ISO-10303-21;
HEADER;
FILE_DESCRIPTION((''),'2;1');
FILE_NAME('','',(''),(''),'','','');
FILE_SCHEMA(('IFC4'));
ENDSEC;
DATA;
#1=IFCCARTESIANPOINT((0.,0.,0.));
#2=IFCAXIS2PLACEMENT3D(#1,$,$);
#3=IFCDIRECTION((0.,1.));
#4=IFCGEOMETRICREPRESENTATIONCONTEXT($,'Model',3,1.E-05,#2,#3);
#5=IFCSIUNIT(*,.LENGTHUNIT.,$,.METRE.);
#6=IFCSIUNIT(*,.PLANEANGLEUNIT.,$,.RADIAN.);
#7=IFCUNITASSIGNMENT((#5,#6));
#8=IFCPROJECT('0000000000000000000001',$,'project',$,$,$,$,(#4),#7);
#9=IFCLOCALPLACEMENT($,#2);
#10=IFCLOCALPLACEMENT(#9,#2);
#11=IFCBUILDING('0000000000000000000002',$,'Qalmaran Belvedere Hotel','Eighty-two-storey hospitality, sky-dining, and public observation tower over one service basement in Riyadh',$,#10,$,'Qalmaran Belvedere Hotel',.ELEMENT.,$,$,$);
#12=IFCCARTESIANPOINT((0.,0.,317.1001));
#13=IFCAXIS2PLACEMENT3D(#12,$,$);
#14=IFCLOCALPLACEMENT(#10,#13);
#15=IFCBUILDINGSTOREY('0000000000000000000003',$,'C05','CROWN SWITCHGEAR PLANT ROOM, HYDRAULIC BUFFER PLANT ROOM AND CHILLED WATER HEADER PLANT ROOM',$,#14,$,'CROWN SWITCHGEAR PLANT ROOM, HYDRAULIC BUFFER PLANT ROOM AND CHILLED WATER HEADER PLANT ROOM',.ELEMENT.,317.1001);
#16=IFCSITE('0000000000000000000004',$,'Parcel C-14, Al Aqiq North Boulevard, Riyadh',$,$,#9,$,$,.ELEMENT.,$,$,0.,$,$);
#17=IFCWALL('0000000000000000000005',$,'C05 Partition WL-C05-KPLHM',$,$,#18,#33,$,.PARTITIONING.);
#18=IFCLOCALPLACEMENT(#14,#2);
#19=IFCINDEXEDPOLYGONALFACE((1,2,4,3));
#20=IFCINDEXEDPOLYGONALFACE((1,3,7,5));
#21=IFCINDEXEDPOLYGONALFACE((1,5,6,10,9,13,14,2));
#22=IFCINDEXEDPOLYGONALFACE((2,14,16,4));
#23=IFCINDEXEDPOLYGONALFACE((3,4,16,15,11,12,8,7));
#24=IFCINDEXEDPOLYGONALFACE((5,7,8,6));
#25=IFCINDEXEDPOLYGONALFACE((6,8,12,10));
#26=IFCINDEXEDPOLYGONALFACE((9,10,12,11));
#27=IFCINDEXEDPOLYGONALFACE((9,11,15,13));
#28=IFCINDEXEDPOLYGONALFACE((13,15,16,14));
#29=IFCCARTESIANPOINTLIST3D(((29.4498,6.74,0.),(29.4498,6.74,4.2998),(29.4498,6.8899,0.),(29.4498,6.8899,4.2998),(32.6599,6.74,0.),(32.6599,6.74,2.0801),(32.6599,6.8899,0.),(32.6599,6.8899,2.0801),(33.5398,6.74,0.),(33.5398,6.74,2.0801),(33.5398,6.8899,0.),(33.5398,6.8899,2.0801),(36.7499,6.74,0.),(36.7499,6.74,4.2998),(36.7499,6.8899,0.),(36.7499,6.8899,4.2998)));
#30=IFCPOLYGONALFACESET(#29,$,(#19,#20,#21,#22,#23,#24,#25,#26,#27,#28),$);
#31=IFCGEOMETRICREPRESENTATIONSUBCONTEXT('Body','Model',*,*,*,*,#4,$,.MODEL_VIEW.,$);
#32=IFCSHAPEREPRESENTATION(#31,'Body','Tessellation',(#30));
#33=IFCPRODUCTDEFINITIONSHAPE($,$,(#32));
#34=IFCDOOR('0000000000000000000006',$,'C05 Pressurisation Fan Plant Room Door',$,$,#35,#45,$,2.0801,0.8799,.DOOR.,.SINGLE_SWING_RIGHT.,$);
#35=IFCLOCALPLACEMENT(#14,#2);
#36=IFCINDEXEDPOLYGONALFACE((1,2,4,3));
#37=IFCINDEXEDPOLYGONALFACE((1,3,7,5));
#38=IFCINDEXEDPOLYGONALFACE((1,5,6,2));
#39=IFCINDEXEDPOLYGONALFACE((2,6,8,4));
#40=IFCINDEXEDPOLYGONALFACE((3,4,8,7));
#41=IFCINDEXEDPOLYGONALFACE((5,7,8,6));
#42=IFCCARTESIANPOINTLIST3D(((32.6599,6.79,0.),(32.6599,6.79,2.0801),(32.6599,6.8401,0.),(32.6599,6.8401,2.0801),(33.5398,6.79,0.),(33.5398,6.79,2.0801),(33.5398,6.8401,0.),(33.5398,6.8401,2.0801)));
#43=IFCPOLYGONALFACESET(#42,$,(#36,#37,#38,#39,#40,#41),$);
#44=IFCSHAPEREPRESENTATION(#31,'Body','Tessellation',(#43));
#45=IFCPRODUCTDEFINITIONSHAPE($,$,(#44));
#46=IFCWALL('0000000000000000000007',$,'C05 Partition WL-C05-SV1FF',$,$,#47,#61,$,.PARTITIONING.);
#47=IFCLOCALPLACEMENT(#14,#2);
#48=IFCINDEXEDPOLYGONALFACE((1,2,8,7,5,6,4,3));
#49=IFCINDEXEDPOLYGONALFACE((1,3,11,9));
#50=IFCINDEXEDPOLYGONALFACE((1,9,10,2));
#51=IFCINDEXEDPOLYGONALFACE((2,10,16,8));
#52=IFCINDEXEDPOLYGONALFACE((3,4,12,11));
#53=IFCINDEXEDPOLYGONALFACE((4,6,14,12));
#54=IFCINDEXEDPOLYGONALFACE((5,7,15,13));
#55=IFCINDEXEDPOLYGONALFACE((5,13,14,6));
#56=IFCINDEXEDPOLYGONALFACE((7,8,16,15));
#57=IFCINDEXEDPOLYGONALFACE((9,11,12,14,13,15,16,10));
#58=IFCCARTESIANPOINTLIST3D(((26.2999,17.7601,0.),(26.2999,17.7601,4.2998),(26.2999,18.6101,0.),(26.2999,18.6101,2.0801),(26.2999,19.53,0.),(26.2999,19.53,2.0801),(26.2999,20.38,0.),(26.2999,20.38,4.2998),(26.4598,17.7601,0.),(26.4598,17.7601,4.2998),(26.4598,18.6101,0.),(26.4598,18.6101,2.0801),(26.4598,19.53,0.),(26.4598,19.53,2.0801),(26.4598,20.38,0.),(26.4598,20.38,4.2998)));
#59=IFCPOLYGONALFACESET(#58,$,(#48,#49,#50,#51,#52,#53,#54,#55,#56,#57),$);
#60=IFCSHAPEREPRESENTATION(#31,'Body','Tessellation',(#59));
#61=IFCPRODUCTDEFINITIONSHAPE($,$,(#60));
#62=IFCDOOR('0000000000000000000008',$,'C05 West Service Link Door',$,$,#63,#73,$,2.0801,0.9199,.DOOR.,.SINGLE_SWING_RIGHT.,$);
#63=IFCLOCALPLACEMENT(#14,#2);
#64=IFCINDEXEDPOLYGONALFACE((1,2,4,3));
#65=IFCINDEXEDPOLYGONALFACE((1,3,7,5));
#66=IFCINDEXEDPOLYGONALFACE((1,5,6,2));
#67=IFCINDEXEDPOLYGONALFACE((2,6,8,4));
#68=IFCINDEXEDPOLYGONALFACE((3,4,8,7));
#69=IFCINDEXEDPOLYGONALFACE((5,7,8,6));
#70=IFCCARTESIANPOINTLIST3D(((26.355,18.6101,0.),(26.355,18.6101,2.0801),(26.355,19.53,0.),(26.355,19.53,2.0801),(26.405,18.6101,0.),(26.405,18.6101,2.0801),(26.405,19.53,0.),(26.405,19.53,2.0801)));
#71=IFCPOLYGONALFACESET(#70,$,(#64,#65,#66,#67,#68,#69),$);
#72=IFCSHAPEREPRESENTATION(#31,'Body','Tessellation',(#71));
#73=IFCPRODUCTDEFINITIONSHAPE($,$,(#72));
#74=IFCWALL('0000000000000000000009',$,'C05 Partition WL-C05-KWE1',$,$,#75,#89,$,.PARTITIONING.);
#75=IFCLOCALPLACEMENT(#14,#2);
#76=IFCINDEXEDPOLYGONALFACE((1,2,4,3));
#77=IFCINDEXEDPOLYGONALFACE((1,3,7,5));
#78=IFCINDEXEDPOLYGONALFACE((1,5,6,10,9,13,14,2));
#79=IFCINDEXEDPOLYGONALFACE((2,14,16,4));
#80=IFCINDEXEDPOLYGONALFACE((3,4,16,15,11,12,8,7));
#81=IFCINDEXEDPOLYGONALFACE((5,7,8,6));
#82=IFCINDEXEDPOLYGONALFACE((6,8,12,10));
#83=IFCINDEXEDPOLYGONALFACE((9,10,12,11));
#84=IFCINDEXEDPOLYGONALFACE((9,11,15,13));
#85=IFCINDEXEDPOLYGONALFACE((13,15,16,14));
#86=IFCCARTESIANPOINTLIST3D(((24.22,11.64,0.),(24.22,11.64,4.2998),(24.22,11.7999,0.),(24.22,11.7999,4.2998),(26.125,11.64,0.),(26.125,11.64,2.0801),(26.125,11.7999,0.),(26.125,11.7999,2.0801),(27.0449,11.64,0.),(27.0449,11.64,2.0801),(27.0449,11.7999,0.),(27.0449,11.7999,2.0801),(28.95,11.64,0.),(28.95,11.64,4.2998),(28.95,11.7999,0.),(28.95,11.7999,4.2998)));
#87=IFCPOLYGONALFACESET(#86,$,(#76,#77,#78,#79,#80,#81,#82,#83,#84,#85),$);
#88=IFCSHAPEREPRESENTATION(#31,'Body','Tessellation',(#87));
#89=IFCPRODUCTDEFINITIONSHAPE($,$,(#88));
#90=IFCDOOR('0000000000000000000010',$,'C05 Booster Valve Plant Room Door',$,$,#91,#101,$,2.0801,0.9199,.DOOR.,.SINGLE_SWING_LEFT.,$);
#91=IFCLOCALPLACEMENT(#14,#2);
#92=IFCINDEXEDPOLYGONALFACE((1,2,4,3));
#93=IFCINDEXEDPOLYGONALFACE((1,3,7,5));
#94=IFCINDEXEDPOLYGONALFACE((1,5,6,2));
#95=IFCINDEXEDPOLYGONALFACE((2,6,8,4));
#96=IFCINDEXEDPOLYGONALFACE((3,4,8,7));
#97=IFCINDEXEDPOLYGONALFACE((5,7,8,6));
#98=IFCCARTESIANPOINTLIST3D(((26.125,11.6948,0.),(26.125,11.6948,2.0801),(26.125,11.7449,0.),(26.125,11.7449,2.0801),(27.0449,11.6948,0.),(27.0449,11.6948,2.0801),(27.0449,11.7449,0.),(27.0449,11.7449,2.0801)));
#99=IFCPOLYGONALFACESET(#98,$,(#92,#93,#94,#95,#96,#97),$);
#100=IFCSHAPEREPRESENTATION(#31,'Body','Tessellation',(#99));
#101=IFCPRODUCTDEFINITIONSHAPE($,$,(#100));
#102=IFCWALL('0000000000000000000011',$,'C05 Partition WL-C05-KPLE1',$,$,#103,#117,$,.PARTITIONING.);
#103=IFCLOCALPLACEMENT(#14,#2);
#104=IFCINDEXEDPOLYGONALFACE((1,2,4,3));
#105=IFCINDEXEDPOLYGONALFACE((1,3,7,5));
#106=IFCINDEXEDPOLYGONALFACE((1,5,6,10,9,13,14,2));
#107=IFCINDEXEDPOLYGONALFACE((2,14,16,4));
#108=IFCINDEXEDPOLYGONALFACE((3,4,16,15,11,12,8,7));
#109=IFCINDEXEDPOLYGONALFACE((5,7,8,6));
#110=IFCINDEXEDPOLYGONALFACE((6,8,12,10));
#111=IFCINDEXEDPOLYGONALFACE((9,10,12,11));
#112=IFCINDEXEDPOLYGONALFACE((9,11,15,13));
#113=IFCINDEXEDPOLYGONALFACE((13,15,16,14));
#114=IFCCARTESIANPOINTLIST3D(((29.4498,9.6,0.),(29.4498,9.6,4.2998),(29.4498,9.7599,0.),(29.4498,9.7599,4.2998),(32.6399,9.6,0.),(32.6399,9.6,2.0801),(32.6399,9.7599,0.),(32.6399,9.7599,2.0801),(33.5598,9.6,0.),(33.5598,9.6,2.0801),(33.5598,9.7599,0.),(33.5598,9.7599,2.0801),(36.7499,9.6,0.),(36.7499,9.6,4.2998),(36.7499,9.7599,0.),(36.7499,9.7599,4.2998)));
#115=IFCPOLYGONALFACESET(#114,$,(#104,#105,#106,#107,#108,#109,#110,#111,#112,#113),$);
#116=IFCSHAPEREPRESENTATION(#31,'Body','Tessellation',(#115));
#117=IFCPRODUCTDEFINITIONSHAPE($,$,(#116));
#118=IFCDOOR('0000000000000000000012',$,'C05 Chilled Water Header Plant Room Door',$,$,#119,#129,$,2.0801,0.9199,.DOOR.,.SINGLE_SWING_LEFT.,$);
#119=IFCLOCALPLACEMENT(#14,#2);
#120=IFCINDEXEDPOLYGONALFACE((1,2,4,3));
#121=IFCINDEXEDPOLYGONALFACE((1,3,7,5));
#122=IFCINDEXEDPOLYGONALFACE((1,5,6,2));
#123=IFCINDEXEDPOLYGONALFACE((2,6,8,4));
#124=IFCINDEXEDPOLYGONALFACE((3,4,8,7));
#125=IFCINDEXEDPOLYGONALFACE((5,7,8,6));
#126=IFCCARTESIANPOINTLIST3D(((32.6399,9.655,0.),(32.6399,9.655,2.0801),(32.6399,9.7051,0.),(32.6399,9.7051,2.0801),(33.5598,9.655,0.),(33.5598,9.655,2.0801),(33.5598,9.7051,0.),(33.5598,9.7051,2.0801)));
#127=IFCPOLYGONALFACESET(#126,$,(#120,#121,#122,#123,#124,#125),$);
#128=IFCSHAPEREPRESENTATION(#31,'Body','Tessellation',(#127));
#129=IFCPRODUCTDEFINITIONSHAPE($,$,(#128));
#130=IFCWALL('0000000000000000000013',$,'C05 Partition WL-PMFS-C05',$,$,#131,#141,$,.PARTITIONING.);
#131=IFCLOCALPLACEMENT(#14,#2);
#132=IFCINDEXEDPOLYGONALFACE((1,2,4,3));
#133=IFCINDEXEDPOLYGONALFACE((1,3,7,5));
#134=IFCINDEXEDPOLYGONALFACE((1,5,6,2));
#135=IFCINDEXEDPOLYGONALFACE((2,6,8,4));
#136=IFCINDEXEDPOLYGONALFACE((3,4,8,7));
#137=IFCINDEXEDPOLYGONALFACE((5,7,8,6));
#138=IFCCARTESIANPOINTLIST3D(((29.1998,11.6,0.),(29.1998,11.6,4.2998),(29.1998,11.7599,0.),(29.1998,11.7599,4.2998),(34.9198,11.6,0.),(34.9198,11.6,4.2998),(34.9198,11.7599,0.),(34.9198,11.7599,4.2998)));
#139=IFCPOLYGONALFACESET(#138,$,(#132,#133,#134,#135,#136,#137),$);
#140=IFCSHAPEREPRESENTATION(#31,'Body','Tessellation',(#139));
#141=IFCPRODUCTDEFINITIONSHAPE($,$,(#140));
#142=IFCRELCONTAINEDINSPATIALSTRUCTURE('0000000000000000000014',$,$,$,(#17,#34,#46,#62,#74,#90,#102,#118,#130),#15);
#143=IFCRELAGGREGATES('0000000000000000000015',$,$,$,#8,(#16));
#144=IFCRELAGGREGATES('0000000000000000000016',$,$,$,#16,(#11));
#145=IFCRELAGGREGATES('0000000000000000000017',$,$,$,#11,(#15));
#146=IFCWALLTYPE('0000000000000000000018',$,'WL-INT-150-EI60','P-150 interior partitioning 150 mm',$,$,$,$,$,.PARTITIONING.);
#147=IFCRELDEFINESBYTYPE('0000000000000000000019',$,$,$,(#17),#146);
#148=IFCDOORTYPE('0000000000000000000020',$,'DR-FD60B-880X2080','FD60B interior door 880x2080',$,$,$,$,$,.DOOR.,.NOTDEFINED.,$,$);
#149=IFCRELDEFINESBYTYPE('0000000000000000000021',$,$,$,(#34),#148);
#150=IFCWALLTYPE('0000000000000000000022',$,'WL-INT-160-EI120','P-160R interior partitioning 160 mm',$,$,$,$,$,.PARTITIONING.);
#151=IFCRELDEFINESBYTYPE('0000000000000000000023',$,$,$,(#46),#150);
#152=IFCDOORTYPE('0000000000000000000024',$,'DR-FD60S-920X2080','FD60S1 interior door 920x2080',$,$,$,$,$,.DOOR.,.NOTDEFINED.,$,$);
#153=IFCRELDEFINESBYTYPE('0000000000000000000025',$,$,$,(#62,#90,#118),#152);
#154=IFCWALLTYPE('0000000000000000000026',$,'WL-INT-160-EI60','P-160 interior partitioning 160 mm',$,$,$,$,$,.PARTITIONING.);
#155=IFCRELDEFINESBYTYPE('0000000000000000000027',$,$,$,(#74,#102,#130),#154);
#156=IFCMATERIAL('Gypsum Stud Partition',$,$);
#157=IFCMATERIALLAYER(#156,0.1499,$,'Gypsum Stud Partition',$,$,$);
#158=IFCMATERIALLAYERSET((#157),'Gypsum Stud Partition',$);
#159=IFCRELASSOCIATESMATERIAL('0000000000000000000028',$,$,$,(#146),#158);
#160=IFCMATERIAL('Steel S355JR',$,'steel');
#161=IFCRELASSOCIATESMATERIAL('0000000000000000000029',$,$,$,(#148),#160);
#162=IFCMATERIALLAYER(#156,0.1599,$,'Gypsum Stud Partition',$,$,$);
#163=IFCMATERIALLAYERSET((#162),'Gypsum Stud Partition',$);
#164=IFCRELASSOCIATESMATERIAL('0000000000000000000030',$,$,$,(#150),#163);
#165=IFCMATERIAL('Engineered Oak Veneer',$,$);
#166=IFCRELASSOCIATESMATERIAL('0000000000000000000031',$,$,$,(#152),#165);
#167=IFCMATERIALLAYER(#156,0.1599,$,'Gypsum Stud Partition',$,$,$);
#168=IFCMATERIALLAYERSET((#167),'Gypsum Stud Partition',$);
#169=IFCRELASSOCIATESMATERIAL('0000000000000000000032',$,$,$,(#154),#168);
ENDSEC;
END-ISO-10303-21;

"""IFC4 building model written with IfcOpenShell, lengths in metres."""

from ifc_helpers import new_model, si_unit, direction, frame, frame_2d, origin, place, context, subcontext, project, spatial, rectangle, extrude, material, layer, layer_set, type_object, element, fill, save


model = new_model("IFC4")

# Units and contexts
model_context = context("Model", 3, precision=1e-05, world=origin(), true_north=direction((0.0, 1.0)))
body_context = subcontext(model_context, "Body", "Model", "MODEL_VIEW")
ifc_project = project(units=[si_unit("LENGTHUNIT", "METRE"), si_unit("PLANEANGLEUNIT", "RADIAN")], contexts=[model_context])

# Site, building, storey
site_placement = place(None, origin())
site = spatial("IfcSite", under=ifc_project, at=site_placement, Name="Parcel C-14, Al Aqiq North Boulevard, Riyadh", CompositionType="ELEMENT", RefElevation=0.0)
building_placement = place(site_placement, origin())
building = spatial("IfcBuilding", under=site, at=building_placement, Name="Qalmaran Belvedere Hotel", Description="Eighty-two-storey hospitality, sky-dining, and public observation tower over one service basement in Riyadh", LongName="Qalmaran Belvedere Hotel", CompositionType="ELEMENT")
storey_placement = place(building_placement, frame((0.0, 0.0, 317.1001)))
storey = spatial("IfcBuildingStorey", under=building, at=storey_placement, Name="C05", Description="CROWN SWITCHGEAR PLANT ROOM, HYDRAULIC BUFFER PLANT ROOM AND CHILLED WATER HEADER PLANT ROOM", LongName="CROWN SWITCHGEAR PLANT ROOM, HYDRAULIC BUFFER PLANT ROOM AND CHILLED WATER HEADER PLANT ROOM", CompositionType="ELEMENT", Elevation=317.1001)

# Shared definitions
ifc_material_1 = material(Name="Steel S355JR", Category="steel")

# Shared definitions
ifc_material_2 = material(Name="Gypsum Stud Partition")

# Walls, openings, doors
ifc_layer_1 = layer(ifc_material_2, 0.1499, Name="Gypsum Stud Partition")
ifc_layer_set_1 = layer_set([ifc_layer_1], Name="Gypsum Stud Partition")
wall_type_1 = type_object("IfcWallType", Name="WL-INT-150-EI60", Description="P-150 interior partitioning 150 mm", PredefinedType="PARTITIONING", material=ifc_layer_set_1)
door_type_1 = type_object("IfcDoorType", Name="DR-FD60B-880X2080", Description="FD60B interior door 880x2080", OperationType="NOTDEFINED", PredefinedType="DOOR", material=ifc_material_1)
wall_1_placement = place(storey_placement, frame((29.45, 6.8149, 0.0), z_axis=(0.0, 0.0, 1.0), x_axis=(1.0, 0.0, 0.0)))
wall_1 = element("IfcWall", 1, at=wall_1_placement, inside=storey, type_object=wall_type_1, Name="C05 Partition WL-C05-KPLHM", PredefinedType="PARTITIONING", context=body_context, shape_type="SweptSolid", body=[
    extrude(rectangle(XDim=7.3, YDim=0.1499, at=frame_2d((3.6499, 0.0))), origin(), (0.0, 0.0, 1.0), 4.2998),
])
opening_1_placement = place(wall_1_placement, frame((4.0898, 0.0, 0.0), z_axis=(0.0, 0.0, 1.0), x_axis=(-1.0, 0.0, 0.0)))
opening_1 = element("IfcOpeningElement", 2, at=opening_1_placement, cuts=wall_1, PredefinedType="OPENING", context=body_context, shape_type="SweptSolid", body=[
    extrude(rectangle(XDim=0.8799, YDim=2.0801, at=frame_2d((0.4399, 1.04))), frame((0.0, 0.085, 0.0), z_axis=(0.0, -1.0, 0.0), x_axis=(1.0, 0.0, 0.0)), (0.0, 0.0, 1.0), 0.1699),
])
door_1_placement = place(opening_1_placement, origin())
door_1 = element("IfcDoor", 3, at=door_1_placement, inside=storey, type_object=door_type_1, Name="C05 Pressurisation Fan Plant Room Door", OperationType="SINGLE_SWING_RIGHT", OverallHeight=2.0801, OverallWidth=0.8799, PredefinedType="DOOR", context=body_context, shape_type="SweptSolid", body=[
    extrude(rectangle(XDim=0.8799, YDim=2.0801, at=frame_2d((0.4399, 1.04))), frame((0.0, 0.0249, 0.0), z_axis=(0.0, -1.0, 0.0), x_axis=(1.0, 0.0, 0.0)), (0.0, 0.0, 1.0), 0.05),
])
fill(opening_1, door_1)
ifc_layer_2 = layer(ifc_material_2, 0.1599, Name="Gypsum Stud Partition")
ifc_layer_set_2 = layer_set([ifc_layer_2], Name="Gypsum Stud Partition")
wall_type_2 = type_object("IfcWallType", Name="WL-INT-160-EI120", Description="P-160R interior partitioning 160 mm", PredefinedType="PARTITIONING", material=ifc_layer_set_2)
wall_2_placement = place(storey_placement, frame((26.3799, 17.76, 0.0), z_axis=(0.0, 0.0, 1.0), x_axis=(0.0, 1.0, 0.0)))
wall_2 = element("IfcWall", 4, at=wall_2_placement, inside=storey, type_object=wall_type_2, Name="C05 Partition WL-C05-SV1FF", PredefinedType="PARTITIONING", context=body_context, shape_type="SweptSolid", body=[
    extrude(rectangle(XDim=2.6199, YDim=0.1599, at=frame_2d((1.3101, 0.0))), origin(), (0.0, 0.0, 1.0), 4.2998),
])
opening_2_placement = place(wall_2_placement, frame((0.8501, 0.0, 0.0)))
opening_2 = element("IfcOpeningElement", 5, at=opening_2_placement, cuts=wall_2, PredefinedType="OPENING", context=body_context, shape_type="SweptSolid", body=[
    extrude(rectangle(XDim=0.9199, YDim=2.0801, at=frame_2d((0.46, 1.04))), frame((0.0, 0.0898, 0.0), z_axis=(0.0, -1.0, 0.0), x_axis=(1.0, 0.0, 0.0)), (0.0, 0.0, 1.0), 0.1799),
])
ifc_material_3 = material(Name="Engineered Oak Veneer")
door_type_2 = type_object("IfcDoorType", Name="DR-FD60S-920X2080", Description="FD60S1 interior door 920x2080", OperationType="NOTDEFINED", PredefinedType="DOOR", material=ifc_material_3)
door_2_placement = place(opening_2_placement, origin())
door_2 = element("IfcDoor", 6, at=door_2_placement, inside=storey, type_object=door_type_2, Name="C05 West Service Link Door", OperationType="SINGLE_SWING_RIGHT", OverallHeight=2.0801, OverallWidth=0.9199, PredefinedType="DOOR", context=body_context, shape_type="SweptSolid", body=[
    extrude(rectangle(XDim=0.9199, YDim=2.0801, at=frame_2d((0.46, 1.04))), frame((0.0, 0.0249, 0.0), z_axis=(0.0, -1.0, 0.0), x_axis=(1.0, 0.0, 0.0)), (0.0, 0.0, 1.0), 0.05),
])
fill(opening_2, door_2)
ifc_layer_3 = layer(ifc_material_2, 0.1599, Name="Gypsum Stud Partition")
ifc_layer_set_3 = layer_set([ifc_layer_3], Name="Gypsum Stud Partition")
wall_type_3 = type_object("IfcWallType", Name="WL-INT-160-EI60", Description="P-160 interior partitioning 160 mm", PredefinedType="PARTITIONING", material=ifc_layer_set_3)
wall_3_placement = place(storey_placement, frame((24.22, 11.72, 0.0), z_axis=(0.0, 0.0, 1.0), x_axis=(1.0, 0.0, 0.0)))
wall_3 = element("IfcWall", 7, at=wall_3_placement, inside=storey, type_object=wall_type_3, Name="C05 Partition WL-C05-KWE1", PredefinedType="PARTITIONING", context=body_context, shape_type="SweptSolid", body=[
    extrude(rectangle(XDim=4.73, YDim=0.1599, at=frame_2d((2.365, 0.0))), origin(), (0.0, 0.0, 1.0), 4.2998),
])
opening_3_placement = place(wall_3_placement, frame((1.905, 0.0, 0.0)))
opening_3 = element("IfcOpeningElement", 8, at=opening_3_placement, cuts=wall_3, PredefinedType="OPENING", context=body_context, shape_type="SweptSolid", body=[
    extrude(rectangle(XDim=0.9199, YDim=2.0801, at=frame_2d((0.46, 1.04))), frame((0.0, 0.0898, 0.0), z_axis=(0.0, -1.0, 0.0), x_axis=(1.0, 0.0, 0.0)), (0.0, 0.0, 1.0), 0.1799),
])
door_3_placement = place(opening_3_placement, origin())
door_3 = element("IfcDoor", 9, at=door_3_placement, inside=storey, type_object=door_type_2, Name="C05 Booster Valve Plant Room Door", OperationType="SINGLE_SWING_LEFT", OverallHeight=2.0801, OverallWidth=0.9199, PredefinedType="DOOR", context=body_context, shape_type="SweptSolid", body=[
    extrude(rectangle(XDim=0.9199, YDim=2.0801, at=frame_2d((0.46, 1.04))), frame((0.0, 0.0249, 0.0), z_axis=(0.0, -1.0, 0.0), x_axis=(1.0, 0.0, 0.0)), (0.0, 0.0, 1.0), 0.05),
])
fill(opening_3, door_3)
wall_4_placement = place(storey_placement, frame((29.45, 9.6799, 0.0), z_axis=(0.0, 0.0, 1.0), x_axis=(1.0, 0.0, 0.0)))
wall_4 = element("IfcWall", 10, at=wall_4_placement, inside=storey, type_object=wall_type_3, Name="C05 Partition WL-C05-KPLE1", PredefinedType="PARTITIONING", context=body_context, shape_type="SweptSolid", body=[
    extrude(rectangle(XDim=7.3, YDim=0.1599, at=frame_2d((3.6499, 0.0))), origin(), (0.0, 0.0, 1.0), 4.2998),
])
opening_4_placement = place(wall_4_placement, frame((4.1099, 0.0, 0.0), z_axis=(0.0, 0.0, 1.0), x_axis=(-1.0, 0.0, 0.0)))
opening_4 = element("IfcOpeningElement", 11, at=opening_4_placement, cuts=wall_4, PredefinedType="OPENING", context=body_context, shape_type="SweptSolid", body=[
    extrude(rectangle(XDim=0.9199, YDim=2.0801, at=frame_2d((0.46, 1.04))), frame((0.0, 0.0898, 0.0), z_axis=(0.0, -1.0, 0.0), x_axis=(1.0, 0.0, 0.0)), (0.0, 0.0, 1.0), 0.1799),
])
door_4_placement = place(opening_4_placement, origin())
door_4 = element("IfcDoor", 12, at=door_4_placement, inside=storey, type_object=door_type_2, Name="C05 Chilled Water Header Plant Room Door", OperationType="SINGLE_SWING_LEFT", OverallHeight=2.0801, OverallWidth=0.9199, PredefinedType="DOOR", context=body_context, shape_type="SweptSolid", body=[
    extrude(rectangle(XDim=0.9199, YDim=2.0801, at=frame_2d((0.46, 1.04))), frame((0.0, 0.0249, 0.0), z_axis=(0.0, -1.0, 0.0), x_axis=(1.0, 0.0, 0.0)), (0.0, 0.0, 1.0), 0.05),
])
fill(opening_4, door_4)

# Wall
wall_5_placement = place(storey_placement, frame((29.2, 11.6799, 0.0), z_axis=(0.0, 0.0, 1.0), x_axis=(1.0, 0.0, 0.0)))
element("IfcWall", 13, at=wall_5_placement, inside=storey, type_object=wall_type_3, Name="C05 Partition WL-PMFS-C05", PredefinedType="PARTITIONING", context=body_context, shape_type="SweptSolid", body=[
    extrude(rectangle(XDim=5.72, YDim=0.1599, at=frame_2d((2.8599, 0.0))), origin(), (0.0, 0.0, 1.0), 4.2998),
])

save(model, "model.ifc")
